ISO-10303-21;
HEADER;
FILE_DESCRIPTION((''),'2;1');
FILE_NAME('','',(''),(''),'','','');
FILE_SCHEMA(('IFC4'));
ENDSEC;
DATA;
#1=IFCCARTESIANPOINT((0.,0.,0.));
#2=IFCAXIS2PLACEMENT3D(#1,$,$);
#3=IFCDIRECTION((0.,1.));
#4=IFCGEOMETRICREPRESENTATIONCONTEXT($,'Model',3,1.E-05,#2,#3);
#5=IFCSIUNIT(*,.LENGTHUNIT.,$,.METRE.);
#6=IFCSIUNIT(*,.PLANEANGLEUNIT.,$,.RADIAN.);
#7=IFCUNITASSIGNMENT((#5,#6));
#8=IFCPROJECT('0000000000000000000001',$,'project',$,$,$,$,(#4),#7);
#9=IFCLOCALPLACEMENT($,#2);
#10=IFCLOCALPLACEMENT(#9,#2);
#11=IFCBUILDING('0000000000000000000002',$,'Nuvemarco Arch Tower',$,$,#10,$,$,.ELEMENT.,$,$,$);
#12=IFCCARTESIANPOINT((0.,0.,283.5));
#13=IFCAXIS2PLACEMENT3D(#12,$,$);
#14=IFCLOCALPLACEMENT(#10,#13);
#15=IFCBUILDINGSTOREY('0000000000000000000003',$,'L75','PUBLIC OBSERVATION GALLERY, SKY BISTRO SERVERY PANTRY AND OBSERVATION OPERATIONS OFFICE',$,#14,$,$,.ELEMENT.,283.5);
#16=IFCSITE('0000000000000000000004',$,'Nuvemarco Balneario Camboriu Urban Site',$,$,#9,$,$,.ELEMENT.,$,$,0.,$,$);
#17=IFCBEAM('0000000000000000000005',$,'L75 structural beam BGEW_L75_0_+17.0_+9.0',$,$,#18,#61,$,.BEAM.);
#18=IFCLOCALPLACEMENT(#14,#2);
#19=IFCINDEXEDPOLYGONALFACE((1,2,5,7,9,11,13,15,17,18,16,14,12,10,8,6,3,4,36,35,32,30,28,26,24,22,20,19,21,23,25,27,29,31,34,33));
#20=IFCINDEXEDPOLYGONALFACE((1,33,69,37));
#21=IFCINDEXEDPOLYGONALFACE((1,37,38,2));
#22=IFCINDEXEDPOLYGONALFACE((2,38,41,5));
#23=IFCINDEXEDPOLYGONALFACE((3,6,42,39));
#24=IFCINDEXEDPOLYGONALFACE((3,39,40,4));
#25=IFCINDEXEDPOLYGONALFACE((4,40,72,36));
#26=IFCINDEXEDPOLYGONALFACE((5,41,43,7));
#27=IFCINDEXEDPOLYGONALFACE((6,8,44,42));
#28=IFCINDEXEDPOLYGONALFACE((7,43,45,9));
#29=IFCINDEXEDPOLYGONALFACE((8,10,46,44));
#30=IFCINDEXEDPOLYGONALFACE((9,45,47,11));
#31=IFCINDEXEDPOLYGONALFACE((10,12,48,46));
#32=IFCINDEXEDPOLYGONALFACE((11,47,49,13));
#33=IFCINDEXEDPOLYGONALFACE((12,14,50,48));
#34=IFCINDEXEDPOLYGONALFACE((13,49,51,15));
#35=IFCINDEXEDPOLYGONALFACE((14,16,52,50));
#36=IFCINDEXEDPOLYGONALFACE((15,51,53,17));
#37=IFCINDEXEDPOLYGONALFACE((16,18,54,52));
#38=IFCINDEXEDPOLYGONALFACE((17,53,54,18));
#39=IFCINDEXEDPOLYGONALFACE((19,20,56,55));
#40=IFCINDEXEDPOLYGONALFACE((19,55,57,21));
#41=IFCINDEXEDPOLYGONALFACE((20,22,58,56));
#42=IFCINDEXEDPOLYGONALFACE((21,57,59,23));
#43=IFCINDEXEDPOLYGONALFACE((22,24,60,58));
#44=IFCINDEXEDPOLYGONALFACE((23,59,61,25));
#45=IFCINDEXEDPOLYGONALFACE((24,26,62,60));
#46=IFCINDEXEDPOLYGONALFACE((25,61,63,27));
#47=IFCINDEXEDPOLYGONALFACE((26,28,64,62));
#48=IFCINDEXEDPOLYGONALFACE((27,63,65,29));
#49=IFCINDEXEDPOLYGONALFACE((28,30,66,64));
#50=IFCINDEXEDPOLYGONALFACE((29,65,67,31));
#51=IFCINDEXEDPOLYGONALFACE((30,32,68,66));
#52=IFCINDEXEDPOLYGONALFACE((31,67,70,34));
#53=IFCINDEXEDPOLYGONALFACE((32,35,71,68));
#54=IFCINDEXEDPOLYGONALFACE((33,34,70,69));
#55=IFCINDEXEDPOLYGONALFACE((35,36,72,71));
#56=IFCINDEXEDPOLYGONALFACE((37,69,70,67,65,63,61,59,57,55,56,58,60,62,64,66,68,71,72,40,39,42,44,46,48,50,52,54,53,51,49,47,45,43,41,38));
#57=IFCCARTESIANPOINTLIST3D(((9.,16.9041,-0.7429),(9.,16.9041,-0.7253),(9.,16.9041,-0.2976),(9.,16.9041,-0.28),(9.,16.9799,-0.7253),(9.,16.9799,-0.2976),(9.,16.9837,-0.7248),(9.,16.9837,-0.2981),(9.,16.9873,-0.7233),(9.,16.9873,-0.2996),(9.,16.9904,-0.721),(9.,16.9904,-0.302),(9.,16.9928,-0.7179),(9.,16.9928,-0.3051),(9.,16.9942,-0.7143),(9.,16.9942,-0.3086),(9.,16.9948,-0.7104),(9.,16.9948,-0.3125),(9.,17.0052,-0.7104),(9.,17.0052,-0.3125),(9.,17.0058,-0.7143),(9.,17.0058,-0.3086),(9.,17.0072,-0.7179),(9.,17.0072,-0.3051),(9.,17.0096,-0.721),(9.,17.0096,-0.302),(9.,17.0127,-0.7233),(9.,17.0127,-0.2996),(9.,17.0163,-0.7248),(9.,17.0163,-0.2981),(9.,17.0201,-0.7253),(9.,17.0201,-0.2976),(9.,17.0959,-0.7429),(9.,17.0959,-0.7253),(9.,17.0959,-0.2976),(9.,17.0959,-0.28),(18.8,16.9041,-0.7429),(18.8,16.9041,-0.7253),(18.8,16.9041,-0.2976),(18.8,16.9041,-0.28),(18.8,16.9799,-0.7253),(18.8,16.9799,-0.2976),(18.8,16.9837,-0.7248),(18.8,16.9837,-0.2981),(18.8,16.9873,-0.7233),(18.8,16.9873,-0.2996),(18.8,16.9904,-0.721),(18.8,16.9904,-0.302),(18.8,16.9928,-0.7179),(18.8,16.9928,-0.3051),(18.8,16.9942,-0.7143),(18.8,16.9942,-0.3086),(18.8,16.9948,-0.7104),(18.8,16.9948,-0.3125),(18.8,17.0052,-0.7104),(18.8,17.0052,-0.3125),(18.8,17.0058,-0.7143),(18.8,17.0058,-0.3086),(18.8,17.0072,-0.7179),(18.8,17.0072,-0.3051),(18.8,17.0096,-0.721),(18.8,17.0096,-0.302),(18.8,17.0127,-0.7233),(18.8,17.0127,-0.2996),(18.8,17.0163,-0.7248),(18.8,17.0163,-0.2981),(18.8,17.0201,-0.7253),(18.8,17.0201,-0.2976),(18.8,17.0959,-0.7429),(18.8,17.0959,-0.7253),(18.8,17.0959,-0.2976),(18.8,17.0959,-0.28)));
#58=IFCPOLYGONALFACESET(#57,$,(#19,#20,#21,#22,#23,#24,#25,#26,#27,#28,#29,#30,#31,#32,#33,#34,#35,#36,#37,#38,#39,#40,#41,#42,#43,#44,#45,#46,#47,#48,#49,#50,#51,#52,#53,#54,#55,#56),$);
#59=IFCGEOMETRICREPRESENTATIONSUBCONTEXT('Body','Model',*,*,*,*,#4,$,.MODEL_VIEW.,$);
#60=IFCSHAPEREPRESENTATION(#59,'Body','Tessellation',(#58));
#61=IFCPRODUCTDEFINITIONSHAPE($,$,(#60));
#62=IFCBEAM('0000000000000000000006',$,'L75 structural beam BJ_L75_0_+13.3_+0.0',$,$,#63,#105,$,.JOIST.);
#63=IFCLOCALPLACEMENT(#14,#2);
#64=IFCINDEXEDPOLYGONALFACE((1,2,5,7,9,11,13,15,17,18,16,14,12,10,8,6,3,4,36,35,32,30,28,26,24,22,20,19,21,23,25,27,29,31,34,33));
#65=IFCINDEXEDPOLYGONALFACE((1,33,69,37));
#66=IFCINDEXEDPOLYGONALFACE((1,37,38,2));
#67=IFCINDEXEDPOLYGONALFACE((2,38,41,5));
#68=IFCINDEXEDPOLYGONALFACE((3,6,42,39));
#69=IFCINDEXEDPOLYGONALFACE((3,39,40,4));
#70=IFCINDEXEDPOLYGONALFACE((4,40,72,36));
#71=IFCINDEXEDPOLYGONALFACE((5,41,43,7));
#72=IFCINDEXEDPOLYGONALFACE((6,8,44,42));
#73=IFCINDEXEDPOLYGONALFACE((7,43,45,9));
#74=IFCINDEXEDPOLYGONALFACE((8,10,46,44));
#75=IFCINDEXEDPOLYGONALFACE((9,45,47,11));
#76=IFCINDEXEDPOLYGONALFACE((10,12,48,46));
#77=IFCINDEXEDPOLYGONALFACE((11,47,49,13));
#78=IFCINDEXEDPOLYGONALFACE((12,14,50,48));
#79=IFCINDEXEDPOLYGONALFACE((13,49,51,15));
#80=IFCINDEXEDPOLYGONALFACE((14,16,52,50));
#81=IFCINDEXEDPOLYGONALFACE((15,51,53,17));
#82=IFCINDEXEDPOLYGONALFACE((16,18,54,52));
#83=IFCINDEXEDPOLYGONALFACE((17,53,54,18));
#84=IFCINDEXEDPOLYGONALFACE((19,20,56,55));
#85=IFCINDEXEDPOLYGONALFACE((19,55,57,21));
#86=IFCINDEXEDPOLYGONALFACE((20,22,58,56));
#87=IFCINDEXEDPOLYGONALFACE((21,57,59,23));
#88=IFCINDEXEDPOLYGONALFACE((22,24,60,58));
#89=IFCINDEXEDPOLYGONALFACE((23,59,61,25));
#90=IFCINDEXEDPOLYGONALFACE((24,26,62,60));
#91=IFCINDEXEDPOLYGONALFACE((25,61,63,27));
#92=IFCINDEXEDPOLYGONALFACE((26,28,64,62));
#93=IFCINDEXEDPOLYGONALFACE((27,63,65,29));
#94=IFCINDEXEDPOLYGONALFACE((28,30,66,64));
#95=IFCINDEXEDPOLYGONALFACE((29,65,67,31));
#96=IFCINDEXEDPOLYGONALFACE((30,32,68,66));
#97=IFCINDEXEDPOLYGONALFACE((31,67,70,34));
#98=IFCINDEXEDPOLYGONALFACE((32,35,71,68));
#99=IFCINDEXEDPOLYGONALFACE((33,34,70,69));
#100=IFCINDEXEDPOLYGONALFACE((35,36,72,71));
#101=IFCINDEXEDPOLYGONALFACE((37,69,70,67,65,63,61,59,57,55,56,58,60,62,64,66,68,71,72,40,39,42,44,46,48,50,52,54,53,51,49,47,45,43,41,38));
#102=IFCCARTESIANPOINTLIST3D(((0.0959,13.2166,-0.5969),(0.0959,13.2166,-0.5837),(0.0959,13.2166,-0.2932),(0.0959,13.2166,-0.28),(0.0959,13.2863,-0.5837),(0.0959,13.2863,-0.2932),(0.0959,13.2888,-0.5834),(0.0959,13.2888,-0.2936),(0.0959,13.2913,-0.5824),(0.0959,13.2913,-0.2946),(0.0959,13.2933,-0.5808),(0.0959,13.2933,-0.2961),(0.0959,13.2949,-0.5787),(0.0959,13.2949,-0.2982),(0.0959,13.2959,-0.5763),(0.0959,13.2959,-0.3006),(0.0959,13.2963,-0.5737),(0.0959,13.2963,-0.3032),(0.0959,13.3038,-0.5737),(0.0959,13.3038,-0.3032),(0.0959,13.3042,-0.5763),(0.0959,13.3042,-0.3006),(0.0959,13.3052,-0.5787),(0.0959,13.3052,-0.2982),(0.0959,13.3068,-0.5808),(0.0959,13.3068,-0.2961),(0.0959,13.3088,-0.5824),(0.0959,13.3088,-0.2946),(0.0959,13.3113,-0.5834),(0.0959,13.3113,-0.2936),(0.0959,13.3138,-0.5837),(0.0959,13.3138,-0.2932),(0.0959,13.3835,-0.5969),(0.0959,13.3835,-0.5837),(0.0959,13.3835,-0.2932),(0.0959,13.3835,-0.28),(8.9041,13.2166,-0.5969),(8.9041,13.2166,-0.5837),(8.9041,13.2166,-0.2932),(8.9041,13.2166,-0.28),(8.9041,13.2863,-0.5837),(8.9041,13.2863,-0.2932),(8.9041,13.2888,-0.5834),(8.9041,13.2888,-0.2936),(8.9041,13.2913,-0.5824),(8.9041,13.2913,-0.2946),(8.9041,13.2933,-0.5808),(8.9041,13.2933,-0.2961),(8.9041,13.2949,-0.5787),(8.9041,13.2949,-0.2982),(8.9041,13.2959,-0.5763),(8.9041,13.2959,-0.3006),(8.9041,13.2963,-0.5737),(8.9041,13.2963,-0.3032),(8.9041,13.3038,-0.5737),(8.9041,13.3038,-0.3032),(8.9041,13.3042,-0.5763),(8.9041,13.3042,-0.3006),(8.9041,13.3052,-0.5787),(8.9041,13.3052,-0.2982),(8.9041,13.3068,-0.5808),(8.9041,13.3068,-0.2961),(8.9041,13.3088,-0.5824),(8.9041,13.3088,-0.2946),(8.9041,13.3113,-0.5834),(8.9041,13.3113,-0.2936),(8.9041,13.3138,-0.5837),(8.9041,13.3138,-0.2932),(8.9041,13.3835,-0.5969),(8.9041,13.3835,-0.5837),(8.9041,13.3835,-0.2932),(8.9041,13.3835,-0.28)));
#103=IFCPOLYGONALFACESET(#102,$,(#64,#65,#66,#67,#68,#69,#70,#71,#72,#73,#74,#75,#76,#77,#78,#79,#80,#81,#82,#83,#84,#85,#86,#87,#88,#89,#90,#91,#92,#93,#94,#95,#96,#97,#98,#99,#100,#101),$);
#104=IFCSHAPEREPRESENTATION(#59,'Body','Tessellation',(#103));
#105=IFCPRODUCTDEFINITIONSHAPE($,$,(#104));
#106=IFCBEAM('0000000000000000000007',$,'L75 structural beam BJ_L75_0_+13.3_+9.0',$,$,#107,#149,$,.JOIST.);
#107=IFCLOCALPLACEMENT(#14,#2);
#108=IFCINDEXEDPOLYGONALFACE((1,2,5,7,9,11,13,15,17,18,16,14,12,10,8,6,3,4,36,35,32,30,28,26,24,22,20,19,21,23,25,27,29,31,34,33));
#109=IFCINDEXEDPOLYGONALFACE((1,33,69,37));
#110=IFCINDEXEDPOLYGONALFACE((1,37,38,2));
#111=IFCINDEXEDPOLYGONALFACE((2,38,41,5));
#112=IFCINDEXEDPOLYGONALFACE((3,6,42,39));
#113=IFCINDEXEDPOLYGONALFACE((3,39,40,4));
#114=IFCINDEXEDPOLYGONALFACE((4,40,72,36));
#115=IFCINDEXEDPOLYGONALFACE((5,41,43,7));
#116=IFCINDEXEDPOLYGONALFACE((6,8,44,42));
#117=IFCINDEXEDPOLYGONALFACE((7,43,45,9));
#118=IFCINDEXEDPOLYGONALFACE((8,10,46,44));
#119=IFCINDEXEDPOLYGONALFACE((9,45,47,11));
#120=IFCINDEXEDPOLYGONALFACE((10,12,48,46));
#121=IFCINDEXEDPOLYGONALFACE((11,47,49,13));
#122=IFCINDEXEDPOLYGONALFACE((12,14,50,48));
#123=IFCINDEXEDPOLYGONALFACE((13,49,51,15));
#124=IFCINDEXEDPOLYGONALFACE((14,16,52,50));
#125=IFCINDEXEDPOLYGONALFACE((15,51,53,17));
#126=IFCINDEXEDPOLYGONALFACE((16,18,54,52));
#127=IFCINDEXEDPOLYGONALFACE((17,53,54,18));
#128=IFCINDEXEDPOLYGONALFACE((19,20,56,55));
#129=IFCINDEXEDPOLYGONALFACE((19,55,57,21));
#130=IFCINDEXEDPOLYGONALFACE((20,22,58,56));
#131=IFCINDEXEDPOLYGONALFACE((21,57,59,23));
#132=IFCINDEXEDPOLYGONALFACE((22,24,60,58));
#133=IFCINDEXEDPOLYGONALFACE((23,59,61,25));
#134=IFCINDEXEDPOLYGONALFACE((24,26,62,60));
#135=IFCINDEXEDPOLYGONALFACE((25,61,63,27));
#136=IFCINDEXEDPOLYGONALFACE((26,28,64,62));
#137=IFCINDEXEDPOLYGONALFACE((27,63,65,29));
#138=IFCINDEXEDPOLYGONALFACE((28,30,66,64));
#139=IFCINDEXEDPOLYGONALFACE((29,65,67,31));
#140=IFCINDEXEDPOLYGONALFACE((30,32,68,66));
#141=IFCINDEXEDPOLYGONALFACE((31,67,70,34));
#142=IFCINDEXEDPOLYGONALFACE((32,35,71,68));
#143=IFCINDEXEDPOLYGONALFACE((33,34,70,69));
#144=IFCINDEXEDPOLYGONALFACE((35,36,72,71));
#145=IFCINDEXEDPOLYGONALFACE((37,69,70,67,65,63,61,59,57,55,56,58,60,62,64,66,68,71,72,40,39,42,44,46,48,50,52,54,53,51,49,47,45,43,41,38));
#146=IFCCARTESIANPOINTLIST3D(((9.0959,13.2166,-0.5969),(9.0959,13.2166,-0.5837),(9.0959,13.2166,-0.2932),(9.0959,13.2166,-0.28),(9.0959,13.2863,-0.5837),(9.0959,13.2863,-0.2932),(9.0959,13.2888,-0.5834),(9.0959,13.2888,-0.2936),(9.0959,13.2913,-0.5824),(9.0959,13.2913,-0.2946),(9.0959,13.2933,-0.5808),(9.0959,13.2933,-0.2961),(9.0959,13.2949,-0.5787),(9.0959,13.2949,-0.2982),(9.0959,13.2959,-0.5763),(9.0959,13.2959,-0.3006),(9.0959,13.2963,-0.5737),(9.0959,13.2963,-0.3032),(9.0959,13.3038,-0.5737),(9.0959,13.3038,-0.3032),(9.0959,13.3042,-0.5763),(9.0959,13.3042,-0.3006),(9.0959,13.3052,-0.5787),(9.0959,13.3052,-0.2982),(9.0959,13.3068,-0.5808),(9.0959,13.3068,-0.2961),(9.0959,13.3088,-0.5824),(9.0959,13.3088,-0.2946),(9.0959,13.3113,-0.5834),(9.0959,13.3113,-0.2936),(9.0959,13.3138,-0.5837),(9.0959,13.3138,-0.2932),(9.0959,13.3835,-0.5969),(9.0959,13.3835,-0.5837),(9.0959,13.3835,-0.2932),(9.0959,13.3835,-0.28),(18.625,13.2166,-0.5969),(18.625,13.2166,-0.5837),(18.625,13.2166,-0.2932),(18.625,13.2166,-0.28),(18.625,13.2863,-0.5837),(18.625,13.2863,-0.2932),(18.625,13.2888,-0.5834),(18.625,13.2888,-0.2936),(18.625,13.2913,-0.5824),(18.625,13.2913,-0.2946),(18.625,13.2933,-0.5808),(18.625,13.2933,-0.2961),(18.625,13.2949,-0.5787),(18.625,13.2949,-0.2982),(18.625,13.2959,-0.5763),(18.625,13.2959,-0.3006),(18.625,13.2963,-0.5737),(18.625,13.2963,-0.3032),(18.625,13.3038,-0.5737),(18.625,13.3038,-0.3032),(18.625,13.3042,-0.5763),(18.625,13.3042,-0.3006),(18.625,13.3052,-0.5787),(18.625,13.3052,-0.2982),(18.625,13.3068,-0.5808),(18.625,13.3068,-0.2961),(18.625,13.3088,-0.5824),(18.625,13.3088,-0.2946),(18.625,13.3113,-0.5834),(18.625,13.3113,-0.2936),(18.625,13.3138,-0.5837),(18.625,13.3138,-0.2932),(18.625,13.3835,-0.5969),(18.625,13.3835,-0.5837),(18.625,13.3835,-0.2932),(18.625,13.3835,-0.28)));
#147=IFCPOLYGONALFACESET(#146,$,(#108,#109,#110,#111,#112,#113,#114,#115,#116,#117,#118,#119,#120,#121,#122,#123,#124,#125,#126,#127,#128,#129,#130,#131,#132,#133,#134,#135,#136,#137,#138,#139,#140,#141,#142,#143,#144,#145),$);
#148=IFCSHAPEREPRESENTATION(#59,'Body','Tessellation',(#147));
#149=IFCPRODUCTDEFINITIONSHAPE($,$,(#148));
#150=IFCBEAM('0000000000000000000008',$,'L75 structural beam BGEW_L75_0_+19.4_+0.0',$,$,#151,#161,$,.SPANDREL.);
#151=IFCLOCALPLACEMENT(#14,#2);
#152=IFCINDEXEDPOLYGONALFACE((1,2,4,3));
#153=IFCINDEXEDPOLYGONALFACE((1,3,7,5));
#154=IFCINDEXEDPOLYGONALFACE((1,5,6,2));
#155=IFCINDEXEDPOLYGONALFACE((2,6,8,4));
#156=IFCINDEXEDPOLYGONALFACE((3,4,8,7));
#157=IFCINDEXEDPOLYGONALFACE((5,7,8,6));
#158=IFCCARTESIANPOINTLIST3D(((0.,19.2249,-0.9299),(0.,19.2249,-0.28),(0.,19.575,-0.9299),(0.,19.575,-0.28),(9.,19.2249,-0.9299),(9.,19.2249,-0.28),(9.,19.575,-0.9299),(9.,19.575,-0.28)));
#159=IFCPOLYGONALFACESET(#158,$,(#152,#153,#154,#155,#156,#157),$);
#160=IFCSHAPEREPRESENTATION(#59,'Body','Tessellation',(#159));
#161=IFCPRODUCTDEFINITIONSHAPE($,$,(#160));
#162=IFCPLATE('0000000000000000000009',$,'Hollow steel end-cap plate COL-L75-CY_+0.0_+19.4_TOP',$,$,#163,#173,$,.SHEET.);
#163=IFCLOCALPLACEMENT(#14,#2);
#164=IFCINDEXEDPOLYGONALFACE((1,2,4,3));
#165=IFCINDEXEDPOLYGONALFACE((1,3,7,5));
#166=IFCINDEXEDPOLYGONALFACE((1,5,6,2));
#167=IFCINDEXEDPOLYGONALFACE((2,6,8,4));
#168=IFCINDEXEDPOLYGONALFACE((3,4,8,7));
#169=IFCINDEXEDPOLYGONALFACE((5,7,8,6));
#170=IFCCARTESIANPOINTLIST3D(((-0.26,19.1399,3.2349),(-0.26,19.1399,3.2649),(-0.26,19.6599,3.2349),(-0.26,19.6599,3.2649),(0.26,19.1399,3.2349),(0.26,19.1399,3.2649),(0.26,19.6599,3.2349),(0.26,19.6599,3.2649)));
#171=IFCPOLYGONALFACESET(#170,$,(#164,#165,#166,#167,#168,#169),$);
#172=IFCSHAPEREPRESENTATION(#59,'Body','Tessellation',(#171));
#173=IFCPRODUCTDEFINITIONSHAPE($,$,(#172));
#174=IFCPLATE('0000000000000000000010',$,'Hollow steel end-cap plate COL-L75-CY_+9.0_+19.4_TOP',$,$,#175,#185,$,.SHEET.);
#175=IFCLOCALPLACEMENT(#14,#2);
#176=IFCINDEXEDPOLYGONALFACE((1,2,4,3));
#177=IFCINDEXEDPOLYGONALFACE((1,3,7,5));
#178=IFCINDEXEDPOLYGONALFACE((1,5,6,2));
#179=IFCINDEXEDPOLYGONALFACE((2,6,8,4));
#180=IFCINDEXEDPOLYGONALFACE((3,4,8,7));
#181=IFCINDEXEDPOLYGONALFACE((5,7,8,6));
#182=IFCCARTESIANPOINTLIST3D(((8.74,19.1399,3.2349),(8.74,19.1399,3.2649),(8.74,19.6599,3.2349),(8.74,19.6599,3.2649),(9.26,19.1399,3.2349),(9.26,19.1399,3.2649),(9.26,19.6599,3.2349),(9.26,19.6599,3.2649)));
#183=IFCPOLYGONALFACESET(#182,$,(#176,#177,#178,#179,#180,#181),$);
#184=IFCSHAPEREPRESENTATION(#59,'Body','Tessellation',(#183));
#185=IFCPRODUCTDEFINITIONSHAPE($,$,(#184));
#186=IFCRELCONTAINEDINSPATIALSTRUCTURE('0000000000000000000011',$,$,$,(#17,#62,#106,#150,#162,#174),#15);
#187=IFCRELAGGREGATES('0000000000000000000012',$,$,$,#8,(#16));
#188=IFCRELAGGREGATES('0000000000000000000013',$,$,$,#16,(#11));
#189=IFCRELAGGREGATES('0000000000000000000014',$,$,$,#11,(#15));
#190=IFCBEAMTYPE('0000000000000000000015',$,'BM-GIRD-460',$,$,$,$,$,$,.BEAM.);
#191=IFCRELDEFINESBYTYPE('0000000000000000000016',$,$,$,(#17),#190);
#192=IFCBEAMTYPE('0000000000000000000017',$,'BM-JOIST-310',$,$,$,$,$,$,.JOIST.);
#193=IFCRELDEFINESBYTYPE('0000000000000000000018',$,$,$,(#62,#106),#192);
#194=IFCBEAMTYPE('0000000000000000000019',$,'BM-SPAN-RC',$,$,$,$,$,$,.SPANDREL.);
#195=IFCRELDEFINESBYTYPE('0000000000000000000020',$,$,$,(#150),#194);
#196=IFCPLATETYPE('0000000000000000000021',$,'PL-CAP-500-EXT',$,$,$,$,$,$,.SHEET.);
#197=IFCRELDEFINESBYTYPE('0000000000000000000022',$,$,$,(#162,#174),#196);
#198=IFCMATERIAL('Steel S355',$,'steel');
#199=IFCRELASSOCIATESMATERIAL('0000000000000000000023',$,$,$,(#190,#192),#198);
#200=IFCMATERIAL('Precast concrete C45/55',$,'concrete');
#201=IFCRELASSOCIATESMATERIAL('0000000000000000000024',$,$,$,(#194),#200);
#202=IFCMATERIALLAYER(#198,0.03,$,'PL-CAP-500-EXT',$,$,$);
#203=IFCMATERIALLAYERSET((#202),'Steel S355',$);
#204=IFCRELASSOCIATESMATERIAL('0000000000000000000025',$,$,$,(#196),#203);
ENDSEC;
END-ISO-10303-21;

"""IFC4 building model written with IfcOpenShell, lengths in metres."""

from ifc_helpers import new_model, si_unit, direction, frame, origin, origin_2d, place, context, subcontext, project, spatial, rectangle, i_section, extrude, source, transform, mapped, material, layer, layer_set, material_profile, profile_set, type_object, type_shapes, element, save


model = new_model("IFC4")

# Units and contexts
model_context = context("Model", 3, precision=1e-05, world=origin(), true_north=direction((0.0, 1.0)))
body_context = subcontext(model_context, "Body", "Model", "MODEL_VIEW")
ifc_project = project(units=[si_unit("LENGTHUNIT", "METRE"), si_unit("PLANEANGLEUNIT", "RADIAN")], contexts=[model_context])

# Site, building, storey
site_placement = place(None, origin())
site = spatial("IfcSite", under=ifc_project, at=site_placement, Name="Nuvemarco Balneario Camboriu Urban Site", CompositionType="ELEMENT", RefElevation=0.0)
building_placement = place(site_placement, origin())
building = spatial("IfcBuilding", under=site, at=building_placement, Name="Nuvemarco Arch Tower", CompositionType="ELEMENT")
storey_placement = place(building_placement, frame((0.0, 0.0, 283.5)))
storey = spatial("IfcBuildingStorey", under=building, at=storey_placement, Name="L75", Description="PUBLIC OBSERVATION GALLERY, SKY BISTRO SERVERY PANTRY AND OBSERVATION OPERATIONS OFFICE", CompositionType="ELEMENT", Elevation=283.5)

# Shared definitions
ifc_material_1 = material(Name="Steel S355", Category="steel")

# Beams
ifc_material_profile_1 = material_profile(ifc_material_1, i_section(OverallWidth=0.1919, OverallDepth=0.4629, WebThickness=0.0105, FlangeThickness=0.0176, FilletRadius=0.0149, at=origin_2d()), Name="W460x89")
ifc_profile_set_1 = profile_set([ifc_material_profile_1], Name="Steel S355")
beam_type_1 = type_object("IfcBeamType", Name="BM-GIRD-460", PredefinedType="BEAM", material=ifc_profile_set_1)
beam_1_placement = place(storey_placement, frame((9.0, 17.0, -0.5115), z_axis=(1.0, 0.0, 0.0), x_axis=(0.0, 1.0, 0.0)))
element("IfcBeam", 1, at=beam_1_placement, inside=storey, type_object=beam_type_1, Name="L75 structural beam BGEW_L75_0_+17.0_+9.0", PredefinedType="BEAM", context=body_context, shape_type="SweptSolid", body=[
    extrude(i_section(OverallWidth=0.1919, OverallDepth=0.4629, WebThickness=0.0105, FlangeThickness=0.0176, FilletRadius=0.0149, at=origin_2d()), origin(), (0.0, 0.0, 1.0), 9.8),
])
ifc_material_profile_2 = material_profile(ifc_material_1, i_section(OverallWidth=0.167, OverallDepth=0.3169, WebThickness=0.0076, FlangeThickness=0.0132, FilletRadius=0.01, at=origin_2d()), Name="W310x52")
ifc_profile_set_2 = profile_set([ifc_material_profile_2], Name="Steel S355")
beam_type_2 = type_object("IfcBeamType", Name="BM-JOIST-310", PredefinedType="JOIST", material=ifc_profile_set_2)
beam_2_placement = place(storey_placement, frame((0.0959, 13.3, -0.4385), z_axis=(1.0, 0.0, 0.0), x_axis=(0.0, 1.0, 0.0)))
element("IfcBeam", 2, at=beam_2_placement, inside=storey, type_object=beam_type_2, Name="L75 structural beam BJ_L75_0_+13.3_+0.0", PredefinedType="JOIST", context=body_context, shape_type="SweptSolid", body=[
    extrude(i_section(OverallWidth=0.167, OverallDepth=0.3169, WebThickness=0.0076, FlangeThickness=0.0132, FilletRadius=0.01, at=origin_2d()), origin(), (0.0, 0.0, 1.0), 8.8081),
])
beam_3_placement = place(storey_placement, frame((9.0959, 13.3, -0.4385), z_axis=(1.0, 0.0, 0.0), x_axis=(0.0, 1.0, 0.0)))
element("IfcBeam", 3, at=beam_3_placement, inside=storey, type_object=beam_type_2, Name="L75 structural beam BJ_L75_0_+13.3_+9.0", PredefinedType="JOIST", context=body_context, shape_type="SweptSolid", body=[
    extrude(i_section(OverallWidth=0.167, OverallDepth=0.3169, WebThickness=0.0076, FlangeThickness=0.0132, FilletRadius=0.01, at=origin_2d()), origin(), (0.0, 0.0, 1.0), 9.5291),
])
ifc_material_2 = material(Name="Precast concrete C45/55", Category="concrete")
ifc_material_profile_3 = material_profile(ifc_material_2, rectangle(XDim=0.3501, YDim=0.6499, at=origin_2d()), Name="PC-SP-350x650")
ifc_profile_set_3 = profile_set([ifc_material_profile_3], Name="Precast concrete C45/55")
beam_type_3 = type_object("IfcBeamType", Name="BM-SPAN-RC", PredefinedType="SPANDREL", material=ifc_profile_set_3)
beam_4_placement = place(storey_placement, frame((0.0, 19.3999, -0.605), z_axis=(1.0, 0.0, 0.0), x_axis=(0.0, 1.0, 0.0)))
element("IfcBeam", 4, at=beam_4_placement, inside=storey, type_object=beam_type_3, Name="L75 structural beam BGEW_L75_0_+19.4_+0.0", PredefinedType="SPANDREL", context=body_context, shape_type="SweptSolid", body=[
    extrude(rectangle(XDim=0.3501, YDim=0.6499, at=origin_2d()), origin(), (0.0, 0.0, 1.0), 9.0),
])

# Plates
ifc_layer_1 = layer(ifc_material_1, 0.03, Name="PL-CAP-500-EXT")
ifc_layer_set_1 = layer_set([ifc_layer_1], Name="Steel S355")
plate_type = type_object("IfcPlateType", Name="PL-CAP-500-EXT", PredefinedType="SHEET", material=ifc_layer_set_1)
shared_shape_1 = source(origin(), body_context, "Body", "SweptSolid", [
    extrude(rectangle(XDim=0.52, YDim=0.52, at=origin_2d()), origin(), (0.0, 0.0, 1.0), 0.03),
])
type_shapes(plate_type, [shared_shape_1])
for number, where, z_axis, x_axis, name in (
    (5, (0.0, 19.3999, 3.2349), (0.0, 0.0, 1.0), (1.0, 0.0, 0.0), "Hollow steel end-cap plate COL-L75-CY_+0.0_+19.4_TOP"),
    (6, (9.0, 19.3999, 3.2349), (0.0, 0.0, 1.0), (1.0, 0.0, 0.0), "Hollow steel end-cap plate COL-L75-CY_+9.0_+19.4_TOP"),
):
    element("IfcPlate", number, at=place(storey_placement, frame(where, z_axis=z_axis, x_axis=x_axis)), inside=storey, type_object=plate_type, Name=name, PredefinedType="SHEET", context=body_context, shape_type="MappedRepresentation", body=[
        mapped(shared_shape_1, transform((0.0, 0.0, 0.0), scale=1.0)),
    ])

save(model, "model.ifc")
